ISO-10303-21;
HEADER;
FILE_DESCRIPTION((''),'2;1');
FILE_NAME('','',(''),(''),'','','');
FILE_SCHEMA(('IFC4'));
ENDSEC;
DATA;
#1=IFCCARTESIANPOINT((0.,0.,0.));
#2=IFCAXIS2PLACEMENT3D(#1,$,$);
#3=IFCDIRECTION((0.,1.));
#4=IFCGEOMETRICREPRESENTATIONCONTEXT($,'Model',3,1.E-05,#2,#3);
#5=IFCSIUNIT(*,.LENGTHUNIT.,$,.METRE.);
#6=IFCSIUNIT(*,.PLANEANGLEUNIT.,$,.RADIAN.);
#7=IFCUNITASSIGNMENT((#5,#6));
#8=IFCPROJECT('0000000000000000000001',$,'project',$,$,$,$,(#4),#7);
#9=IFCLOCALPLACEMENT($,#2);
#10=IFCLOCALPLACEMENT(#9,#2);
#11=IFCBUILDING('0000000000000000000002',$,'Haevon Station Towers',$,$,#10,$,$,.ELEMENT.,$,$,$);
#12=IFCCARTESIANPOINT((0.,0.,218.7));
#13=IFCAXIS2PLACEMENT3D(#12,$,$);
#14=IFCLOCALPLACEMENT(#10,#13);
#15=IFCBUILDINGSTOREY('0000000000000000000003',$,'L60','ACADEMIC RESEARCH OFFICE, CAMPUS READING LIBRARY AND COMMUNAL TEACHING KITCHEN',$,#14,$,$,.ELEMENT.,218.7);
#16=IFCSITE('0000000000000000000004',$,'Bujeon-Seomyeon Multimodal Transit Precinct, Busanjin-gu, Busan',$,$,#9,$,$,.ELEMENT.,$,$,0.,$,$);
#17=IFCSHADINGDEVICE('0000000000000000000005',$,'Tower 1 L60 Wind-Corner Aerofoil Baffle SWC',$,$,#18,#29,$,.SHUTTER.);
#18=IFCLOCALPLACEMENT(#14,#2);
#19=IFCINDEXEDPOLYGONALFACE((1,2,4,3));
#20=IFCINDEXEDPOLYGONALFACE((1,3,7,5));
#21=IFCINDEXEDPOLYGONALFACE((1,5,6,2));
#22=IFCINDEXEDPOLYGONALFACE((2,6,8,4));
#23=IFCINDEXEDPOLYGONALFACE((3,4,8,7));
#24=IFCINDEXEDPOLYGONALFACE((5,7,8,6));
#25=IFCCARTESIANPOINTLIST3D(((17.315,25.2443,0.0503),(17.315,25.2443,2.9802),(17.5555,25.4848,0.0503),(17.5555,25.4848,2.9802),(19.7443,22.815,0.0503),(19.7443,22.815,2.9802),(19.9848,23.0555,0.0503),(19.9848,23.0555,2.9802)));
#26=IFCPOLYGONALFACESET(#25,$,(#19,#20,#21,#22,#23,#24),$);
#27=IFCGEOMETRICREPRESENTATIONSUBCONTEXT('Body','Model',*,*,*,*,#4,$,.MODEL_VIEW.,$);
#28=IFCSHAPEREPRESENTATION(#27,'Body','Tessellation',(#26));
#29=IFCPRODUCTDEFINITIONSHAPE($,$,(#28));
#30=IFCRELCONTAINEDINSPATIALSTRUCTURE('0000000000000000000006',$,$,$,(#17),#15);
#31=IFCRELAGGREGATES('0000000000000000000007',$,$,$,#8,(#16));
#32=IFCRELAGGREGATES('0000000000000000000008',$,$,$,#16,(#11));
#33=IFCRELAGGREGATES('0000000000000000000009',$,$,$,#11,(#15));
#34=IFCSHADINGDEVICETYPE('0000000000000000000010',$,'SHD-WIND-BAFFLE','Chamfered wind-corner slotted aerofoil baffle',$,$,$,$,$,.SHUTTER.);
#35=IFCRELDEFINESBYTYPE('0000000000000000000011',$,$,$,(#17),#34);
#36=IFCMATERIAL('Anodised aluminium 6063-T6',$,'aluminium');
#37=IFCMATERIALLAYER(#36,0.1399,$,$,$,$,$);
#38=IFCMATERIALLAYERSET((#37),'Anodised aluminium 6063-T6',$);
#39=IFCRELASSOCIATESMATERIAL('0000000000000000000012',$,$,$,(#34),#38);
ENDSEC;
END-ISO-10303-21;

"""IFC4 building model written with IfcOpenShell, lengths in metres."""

from ifc_helpers import new_model, si_unit, direction, frame, origin, origin_2d, place, context, subcontext, project, spatial, rectangle, extrude, material, layer, layer_set, type_object, element, save


model = new_model("IFC4")

# Units and contexts
model_context = context("Model", 3, precision=1e-05, world=origin(), true_north=direction((0.0, 1.0)))
body_context = subcontext(model_context, "Body", "Model", "MODEL_VIEW")
ifc_project = project(units=[si_unit("LENGTHUNIT", "METRE"), si_unit("PLANEANGLEUNIT", "RADIAN")], contexts=[model_context])

# Site, building, storey
site_placement = place(None, origin())
site = spatial("IfcSite", under=ifc_project, at=site_placement, Name="Bujeon-Seomyeon Multimodal Transit Precinct, Busanjin-gu, Busan", CompositionType="ELEMENT", RefElevation=0.0)
building_placement = place(site_placement, origin())
building = spatial("IfcBuilding", under=site, at=building_placement, Name="Haevon Station Towers", CompositionType="ELEMENT")
storey_placement = place(building_placement, frame((0.0, 0.0, 218.7)))
storey = spatial("IfcBuildingStorey", under=building, at=storey_placement, Name="L60", Description="ACADEMIC RESEARCH OFFICE, CAMPUS READING LIBRARY AND COMMUNAL TEACHING KITCHEN", CompositionType="ELEMENT", Elevation=218.7)

# Shading device
ifc_material_1 = material(Name="Anodised aluminium 6063-T6", Category="aluminium")
ifc_layer_1 = layer(ifc_material_1, 0.1399)
ifc_layer_set_1 = layer_set([ifc_layer_1], Name="Anodised aluminium 6063-T6")
shading_device_type = type_object("IfcShadingDeviceType", Name="SHD-WIND-BAFFLE", Description="Chamfered wind-corner slotted aerofoil baffle", PredefinedType="SHUTTER", material=ifc_layer_set_1)
shading_device_placement = place(storey_placement, frame((18.6499, 24.1499, 0.0503), z_axis=(0.0, 0.0, 1.0), x_axis=(-0.707107, 0.707107, 0.0)))
element("IfcShadingDevice", 1, at=shading_device_placement, inside=storey, type_object=shading_device_type, Name="Tower 1 L60 Wind-Corner Aerofoil Baffle SWC", PredefinedType="SHUTTER", context=body_context, shape_type="SweptSolid", body=[
    extrude(rectangle(XDim=3.4355, YDim=0.3401, at=origin_2d()), origin(), (0.0, 0.0, 1.0), 2.9299),
])

save(model, "model.ifc")
